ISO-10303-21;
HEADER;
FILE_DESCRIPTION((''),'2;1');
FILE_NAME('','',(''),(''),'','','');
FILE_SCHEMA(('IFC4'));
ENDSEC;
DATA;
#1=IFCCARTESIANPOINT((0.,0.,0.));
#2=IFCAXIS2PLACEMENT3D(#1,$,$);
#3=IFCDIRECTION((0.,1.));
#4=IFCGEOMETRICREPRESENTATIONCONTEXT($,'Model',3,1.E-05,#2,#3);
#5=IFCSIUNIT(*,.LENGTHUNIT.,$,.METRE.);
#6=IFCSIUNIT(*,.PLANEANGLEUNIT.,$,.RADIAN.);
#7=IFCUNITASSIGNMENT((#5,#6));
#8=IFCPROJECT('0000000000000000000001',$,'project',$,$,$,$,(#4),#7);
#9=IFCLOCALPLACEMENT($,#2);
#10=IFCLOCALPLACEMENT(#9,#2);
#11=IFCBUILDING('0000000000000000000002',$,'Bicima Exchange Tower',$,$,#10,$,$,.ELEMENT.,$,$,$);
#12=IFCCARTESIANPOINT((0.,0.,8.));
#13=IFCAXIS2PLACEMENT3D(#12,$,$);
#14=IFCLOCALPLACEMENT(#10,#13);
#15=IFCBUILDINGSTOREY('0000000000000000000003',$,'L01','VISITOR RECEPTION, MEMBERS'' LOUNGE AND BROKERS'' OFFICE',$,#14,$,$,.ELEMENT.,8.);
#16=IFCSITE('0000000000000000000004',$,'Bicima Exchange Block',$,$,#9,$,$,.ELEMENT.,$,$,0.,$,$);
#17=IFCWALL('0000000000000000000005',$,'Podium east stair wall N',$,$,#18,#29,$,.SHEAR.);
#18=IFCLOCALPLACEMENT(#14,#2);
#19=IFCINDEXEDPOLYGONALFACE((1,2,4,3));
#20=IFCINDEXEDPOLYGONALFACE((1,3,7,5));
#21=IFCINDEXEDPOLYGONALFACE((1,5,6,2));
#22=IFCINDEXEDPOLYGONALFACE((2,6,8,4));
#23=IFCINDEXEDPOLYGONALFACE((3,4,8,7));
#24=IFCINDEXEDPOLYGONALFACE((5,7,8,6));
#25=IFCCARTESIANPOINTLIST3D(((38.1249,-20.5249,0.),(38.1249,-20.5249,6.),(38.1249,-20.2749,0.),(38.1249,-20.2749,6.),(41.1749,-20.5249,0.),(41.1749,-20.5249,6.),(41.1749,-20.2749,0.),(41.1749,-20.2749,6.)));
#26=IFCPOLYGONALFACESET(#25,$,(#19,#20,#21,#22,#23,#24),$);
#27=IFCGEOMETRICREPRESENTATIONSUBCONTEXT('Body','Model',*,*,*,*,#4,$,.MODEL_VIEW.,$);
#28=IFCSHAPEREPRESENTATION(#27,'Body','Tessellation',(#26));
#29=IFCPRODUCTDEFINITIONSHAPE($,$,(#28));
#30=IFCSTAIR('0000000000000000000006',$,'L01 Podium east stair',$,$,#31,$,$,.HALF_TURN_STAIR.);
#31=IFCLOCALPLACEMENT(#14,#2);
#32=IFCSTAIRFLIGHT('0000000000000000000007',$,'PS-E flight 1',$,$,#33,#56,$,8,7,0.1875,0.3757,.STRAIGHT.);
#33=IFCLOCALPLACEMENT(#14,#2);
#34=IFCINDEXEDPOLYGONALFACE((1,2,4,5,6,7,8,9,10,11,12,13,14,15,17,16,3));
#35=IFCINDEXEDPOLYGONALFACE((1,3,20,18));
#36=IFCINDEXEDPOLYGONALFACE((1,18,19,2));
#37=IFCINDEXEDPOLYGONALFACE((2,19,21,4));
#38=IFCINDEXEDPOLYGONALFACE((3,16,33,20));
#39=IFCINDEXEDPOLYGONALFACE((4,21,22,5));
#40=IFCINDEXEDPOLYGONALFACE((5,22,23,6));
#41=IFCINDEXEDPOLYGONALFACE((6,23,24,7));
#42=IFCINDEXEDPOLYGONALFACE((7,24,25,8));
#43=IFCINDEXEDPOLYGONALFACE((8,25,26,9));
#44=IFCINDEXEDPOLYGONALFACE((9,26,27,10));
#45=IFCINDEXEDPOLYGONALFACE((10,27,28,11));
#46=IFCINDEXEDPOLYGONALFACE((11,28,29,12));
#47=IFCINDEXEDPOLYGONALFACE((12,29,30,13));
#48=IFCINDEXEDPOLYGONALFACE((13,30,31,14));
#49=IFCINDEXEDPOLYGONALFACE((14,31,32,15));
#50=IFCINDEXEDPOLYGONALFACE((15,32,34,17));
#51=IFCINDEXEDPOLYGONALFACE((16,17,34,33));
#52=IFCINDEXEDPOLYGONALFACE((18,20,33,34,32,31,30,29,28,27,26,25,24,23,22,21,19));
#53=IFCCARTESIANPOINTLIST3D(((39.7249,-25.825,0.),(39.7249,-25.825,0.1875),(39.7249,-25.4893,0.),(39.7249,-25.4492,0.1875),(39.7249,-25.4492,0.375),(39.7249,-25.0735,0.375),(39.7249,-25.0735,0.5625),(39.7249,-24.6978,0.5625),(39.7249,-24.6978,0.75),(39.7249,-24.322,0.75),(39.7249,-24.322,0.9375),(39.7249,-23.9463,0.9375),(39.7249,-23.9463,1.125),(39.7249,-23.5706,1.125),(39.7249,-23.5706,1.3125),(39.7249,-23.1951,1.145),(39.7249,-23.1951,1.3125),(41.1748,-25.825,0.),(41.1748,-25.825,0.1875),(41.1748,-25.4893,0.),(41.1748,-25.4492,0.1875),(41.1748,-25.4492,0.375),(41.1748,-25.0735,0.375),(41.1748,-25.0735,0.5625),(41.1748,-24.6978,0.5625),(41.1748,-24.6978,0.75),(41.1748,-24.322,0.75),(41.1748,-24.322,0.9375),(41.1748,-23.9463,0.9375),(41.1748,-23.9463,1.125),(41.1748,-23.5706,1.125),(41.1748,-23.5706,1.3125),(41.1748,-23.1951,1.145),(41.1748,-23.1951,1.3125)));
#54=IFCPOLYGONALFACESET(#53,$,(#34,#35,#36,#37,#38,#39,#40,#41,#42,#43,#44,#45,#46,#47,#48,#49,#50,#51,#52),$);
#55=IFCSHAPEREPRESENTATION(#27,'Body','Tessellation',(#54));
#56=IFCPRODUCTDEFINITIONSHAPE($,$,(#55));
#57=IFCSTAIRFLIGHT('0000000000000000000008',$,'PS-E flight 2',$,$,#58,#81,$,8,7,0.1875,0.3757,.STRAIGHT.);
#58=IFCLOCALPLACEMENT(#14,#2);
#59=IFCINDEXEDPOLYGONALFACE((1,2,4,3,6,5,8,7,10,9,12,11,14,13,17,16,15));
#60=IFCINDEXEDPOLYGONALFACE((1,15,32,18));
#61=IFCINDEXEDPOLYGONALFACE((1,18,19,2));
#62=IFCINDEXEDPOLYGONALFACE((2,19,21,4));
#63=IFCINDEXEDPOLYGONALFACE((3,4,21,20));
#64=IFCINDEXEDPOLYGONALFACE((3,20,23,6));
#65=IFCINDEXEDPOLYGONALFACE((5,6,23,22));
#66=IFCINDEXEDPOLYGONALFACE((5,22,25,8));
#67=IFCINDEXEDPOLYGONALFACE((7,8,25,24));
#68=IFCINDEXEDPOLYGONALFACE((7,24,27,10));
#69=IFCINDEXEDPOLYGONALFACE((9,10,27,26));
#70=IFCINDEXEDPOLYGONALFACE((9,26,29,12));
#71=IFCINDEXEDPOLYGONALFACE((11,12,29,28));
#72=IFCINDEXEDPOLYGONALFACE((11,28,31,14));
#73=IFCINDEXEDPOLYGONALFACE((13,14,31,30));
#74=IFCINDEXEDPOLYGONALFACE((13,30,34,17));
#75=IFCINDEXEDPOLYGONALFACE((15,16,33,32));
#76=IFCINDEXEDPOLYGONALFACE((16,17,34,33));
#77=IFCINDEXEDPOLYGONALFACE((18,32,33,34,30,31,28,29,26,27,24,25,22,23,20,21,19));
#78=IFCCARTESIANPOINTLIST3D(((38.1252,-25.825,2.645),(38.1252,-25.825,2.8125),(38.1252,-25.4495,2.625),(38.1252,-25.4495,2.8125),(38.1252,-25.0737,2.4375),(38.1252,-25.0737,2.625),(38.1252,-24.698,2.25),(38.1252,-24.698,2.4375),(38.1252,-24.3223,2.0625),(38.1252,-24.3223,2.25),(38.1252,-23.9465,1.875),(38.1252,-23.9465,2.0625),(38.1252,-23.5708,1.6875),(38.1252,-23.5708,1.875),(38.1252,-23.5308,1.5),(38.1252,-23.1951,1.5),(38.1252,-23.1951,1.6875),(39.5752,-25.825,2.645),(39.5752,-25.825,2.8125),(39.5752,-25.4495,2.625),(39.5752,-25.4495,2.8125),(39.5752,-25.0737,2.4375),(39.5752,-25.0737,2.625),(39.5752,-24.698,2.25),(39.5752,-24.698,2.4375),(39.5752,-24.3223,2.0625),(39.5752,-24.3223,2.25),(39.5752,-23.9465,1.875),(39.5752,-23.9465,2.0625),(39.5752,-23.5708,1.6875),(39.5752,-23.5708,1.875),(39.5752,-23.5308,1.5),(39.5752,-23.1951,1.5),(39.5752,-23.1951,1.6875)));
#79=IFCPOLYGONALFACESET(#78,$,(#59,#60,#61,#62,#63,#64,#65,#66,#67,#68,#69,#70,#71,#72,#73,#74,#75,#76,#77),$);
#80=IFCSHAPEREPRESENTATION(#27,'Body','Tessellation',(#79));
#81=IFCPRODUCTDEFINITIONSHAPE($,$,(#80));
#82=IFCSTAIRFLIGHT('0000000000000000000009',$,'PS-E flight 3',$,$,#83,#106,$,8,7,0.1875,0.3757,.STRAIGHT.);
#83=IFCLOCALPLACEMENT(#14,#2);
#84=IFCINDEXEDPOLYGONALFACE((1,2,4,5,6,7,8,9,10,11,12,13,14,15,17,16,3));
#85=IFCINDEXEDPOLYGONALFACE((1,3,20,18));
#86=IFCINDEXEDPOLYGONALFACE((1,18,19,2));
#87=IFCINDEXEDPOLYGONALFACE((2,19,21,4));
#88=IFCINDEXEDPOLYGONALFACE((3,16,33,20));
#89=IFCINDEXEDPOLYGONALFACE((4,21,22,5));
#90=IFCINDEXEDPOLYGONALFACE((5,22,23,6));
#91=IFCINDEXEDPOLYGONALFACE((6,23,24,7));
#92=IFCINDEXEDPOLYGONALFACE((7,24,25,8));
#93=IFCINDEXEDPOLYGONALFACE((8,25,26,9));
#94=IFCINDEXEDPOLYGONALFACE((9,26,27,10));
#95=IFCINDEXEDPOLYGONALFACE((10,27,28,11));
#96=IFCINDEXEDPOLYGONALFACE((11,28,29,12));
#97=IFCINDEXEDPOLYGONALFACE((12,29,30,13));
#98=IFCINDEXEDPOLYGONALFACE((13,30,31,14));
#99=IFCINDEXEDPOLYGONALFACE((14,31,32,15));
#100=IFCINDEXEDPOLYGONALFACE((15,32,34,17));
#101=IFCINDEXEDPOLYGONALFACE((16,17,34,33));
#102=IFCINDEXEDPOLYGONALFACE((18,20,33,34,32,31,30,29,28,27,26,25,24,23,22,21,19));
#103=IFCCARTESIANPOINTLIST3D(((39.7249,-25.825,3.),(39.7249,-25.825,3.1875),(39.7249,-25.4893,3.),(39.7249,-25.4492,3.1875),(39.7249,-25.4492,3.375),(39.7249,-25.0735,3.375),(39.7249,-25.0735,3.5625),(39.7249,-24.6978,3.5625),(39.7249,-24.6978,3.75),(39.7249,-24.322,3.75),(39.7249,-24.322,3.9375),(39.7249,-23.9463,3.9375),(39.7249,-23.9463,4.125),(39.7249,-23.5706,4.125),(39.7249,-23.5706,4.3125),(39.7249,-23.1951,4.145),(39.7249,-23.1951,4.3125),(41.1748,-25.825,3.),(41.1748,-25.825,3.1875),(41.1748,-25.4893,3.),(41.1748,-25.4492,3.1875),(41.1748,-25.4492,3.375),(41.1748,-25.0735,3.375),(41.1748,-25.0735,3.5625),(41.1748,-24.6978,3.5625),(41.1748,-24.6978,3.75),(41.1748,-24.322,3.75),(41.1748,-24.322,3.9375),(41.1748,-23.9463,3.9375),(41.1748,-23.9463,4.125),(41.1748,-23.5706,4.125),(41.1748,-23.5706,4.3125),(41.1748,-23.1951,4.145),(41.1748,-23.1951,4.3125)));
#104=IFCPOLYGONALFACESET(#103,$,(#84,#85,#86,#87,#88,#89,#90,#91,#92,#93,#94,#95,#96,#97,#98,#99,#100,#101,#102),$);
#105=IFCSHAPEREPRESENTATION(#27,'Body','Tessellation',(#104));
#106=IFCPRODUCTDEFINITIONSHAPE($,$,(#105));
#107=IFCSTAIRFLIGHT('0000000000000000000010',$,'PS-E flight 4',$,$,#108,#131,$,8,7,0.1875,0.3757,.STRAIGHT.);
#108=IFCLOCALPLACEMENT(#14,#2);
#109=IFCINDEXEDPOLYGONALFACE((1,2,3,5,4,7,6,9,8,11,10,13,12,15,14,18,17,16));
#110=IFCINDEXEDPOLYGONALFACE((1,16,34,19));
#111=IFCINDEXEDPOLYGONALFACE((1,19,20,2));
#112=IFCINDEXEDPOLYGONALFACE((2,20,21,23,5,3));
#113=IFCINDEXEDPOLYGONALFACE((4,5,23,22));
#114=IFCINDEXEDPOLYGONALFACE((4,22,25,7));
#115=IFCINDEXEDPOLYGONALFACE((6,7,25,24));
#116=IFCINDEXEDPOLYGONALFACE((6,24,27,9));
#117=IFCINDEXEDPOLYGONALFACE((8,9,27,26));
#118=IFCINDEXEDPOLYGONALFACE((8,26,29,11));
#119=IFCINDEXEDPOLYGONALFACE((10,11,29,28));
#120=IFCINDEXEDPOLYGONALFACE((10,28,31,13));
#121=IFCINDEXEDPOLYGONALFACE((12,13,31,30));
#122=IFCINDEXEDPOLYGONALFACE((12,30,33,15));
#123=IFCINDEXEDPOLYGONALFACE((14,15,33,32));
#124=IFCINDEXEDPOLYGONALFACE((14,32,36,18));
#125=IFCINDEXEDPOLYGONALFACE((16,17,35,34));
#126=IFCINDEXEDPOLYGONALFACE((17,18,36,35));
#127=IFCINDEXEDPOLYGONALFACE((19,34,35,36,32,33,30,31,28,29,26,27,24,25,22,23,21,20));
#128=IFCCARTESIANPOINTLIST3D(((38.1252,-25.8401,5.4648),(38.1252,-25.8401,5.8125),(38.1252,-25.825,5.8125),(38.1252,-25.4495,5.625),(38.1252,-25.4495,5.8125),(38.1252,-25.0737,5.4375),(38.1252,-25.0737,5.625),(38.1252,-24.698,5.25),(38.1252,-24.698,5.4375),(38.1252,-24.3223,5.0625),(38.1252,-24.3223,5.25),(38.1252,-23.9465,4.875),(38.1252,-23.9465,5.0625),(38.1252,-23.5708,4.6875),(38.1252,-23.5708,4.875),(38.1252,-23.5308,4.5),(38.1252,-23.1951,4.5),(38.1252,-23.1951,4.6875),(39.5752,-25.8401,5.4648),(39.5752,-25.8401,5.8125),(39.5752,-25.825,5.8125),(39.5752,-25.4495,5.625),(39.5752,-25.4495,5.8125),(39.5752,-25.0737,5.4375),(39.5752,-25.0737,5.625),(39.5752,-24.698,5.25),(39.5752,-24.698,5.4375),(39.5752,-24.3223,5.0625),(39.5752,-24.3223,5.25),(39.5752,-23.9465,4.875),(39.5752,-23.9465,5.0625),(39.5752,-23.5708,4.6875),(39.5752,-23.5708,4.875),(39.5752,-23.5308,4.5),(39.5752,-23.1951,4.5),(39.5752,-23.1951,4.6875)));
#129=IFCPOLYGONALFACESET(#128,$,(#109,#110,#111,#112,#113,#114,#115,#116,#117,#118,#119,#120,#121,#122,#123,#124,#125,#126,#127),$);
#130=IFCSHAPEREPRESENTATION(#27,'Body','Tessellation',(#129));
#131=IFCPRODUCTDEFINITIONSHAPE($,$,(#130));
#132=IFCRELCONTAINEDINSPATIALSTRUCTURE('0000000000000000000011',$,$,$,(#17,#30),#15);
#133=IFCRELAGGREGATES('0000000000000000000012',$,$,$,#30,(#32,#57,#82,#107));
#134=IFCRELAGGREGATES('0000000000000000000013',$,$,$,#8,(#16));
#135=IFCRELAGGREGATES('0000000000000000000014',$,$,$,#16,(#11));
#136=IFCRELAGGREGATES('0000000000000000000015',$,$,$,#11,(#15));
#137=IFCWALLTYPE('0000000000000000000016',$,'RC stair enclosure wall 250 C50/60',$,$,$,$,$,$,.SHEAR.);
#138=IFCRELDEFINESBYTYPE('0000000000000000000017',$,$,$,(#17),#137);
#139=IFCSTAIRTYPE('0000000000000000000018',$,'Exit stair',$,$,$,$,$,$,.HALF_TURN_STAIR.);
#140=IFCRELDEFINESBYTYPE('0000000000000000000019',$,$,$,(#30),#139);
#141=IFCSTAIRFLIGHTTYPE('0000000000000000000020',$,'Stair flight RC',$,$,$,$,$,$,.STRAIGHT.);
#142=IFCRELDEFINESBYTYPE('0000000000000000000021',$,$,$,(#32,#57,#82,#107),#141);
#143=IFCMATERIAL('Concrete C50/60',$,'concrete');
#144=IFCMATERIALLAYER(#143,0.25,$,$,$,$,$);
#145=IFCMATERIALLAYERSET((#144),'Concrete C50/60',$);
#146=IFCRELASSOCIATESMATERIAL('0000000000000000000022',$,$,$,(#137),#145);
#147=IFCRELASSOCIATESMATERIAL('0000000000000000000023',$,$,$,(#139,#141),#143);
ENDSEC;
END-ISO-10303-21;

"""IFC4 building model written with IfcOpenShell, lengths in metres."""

from ifc_helpers import new_model, si_unit, direction, frame, frame_2d, origin, place, context, subcontext, project, spatial, polyline, rectangle, outline, extrude, material, layer, layer_set, type_object, element, aggregate, save


model = new_model("IFC4")

# Units and contexts
model_context = context("Model", 3, precision=1e-05, world=origin(), true_north=direction((0.0, 1.0)))
body_context = subcontext(model_context, "Body", "Model", "MODEL_VIEW")
ifc_project = project(units=[si_unit("LENGTHUNIT", "METRE"), si_unit("PLANEANGLEUNIT", "RADIAN")], contexts=[model_context])

# Site, building, storey
site_placement = place(None, origin())
site = spatial("IfcSite", under=ifc_project, at=site_placement, Name="Bicima Exchange Block", CompositionType="ELEMENT", RefElevation=0.0)
building_placement = place(site_placement, origin())
building = spatial("IfcBuilding", under=site, at=building_placement, Name="Bicima Exchange Tower", CompositionType="ELEMENT")
storey_placement = place(building_placement, frame((0.0, 0.0, 8.0)))
storey = spatial("IfcBuildingStorey", under=building, at=storey_placement, Name="L01", Description="VISITOR RECEPTION, MEMBERS' LOUNGE AND BROKERS' OFFICE", CompositionType="ELEMENT", Elevation=8.0)

# Shared definitions
ifc_material_1 = material(Name="Concrete C50/60", Category="concrete")
ifc_layer_1 = layer(ifc_material_1, 0.25)
ifc_layer_set_1 = layer_set([ifc_layer_1], Name="Concrete C50/60")
wall_type_1 = type_object("IfcWallType", Name="RC stair enclosure wall 250 C50/60", PredefinedType="SHEAR", material=ifc_layer_set_1)

# Wall
wall_1_placement = place(storey_placement, frame((38.125, -20.3999, 0.0), z_axis=(0.0, 0.0, 1.0), x_axis=(1.0, 0.0, 0.0)))
element("IfcWall", 1, at=wall_1_placement, inside=storey, type_object=wall_type_1, Name="Podium east stair wall N", PredefinedType="SHEAR", context=body_context, shape_type="SweptSolid", body=[
    extrude(rectangle(XDim=3.05, YDim=0.25, at=frame_2d((1.5249, 0.0))), origin(), (0.0, 0.0, 1.0), 6.0),
])

# Stair, stair flights
stair_type = type_object("IfcStairType", Name="Exit stair", PredefinedType="HALF_TURN_STAIR", material=ifc_material_1)
stair_placement = place(storey_placement, origin())
stair = element("IfcStair", 2, at=stair_placement, inside=storey, type_object=stair_type, Name="L01 Podium east stair", PredefinedType="HALF_TURN_STAIR")
stair_flight_type = type_object("IfcStairFlightType", Name="Stair flight RC", PredefinedType="STRAIGHT", material=ifc_material_1)
stair_flight_1_placement = place(storey_placement, frame((40.45, -25.825, 0.0), z_axis=(0.0, 0.0, 1.0), x_axis=(0.0, 1.0, 0.0)))
stair_flight_1 = element("IfcStairFlight", 3, at=stair_flight_1_placement, type_object=stair_flight_type, Name="PS-E flight 1", NumberOfRisers=8, NumberOfTreads=7, PredefinedType="STRAIGHT", RiserHeight=0.1875, TreadLength=0.3757, context=body_context, shape_type="SweptSolid", body=[
    extrude(outline(polyline([(0.0, 0.0), (0.0, 0.1875), (0.3757, 0.1875), (0.3757, 0.375), (0.7515, 0.375), (0.7515, 0.5625), (1.1272, 0.5625), (1.1272, 0.75), (1.5029, 0.75), (1.5029, 0.9375), (1.8787, 0.9375), (1.8787, 1.125), (2.2544, 1.125), (2.2544, 1.3125), (2.6299, 1.3125), (2.6299, 1.5), (2.6299, 1.145), (0.3357, 0.0), (0.0, 0.0)])), frame((0.0, 0.7251, 0.0), z_axis=(0.0, -1.0, 0.0), x_axis=(1.0, 0.0, 0.0)), (0.0, 0.0, 1.0), 1.45),
])
stair_flight_2_placement = place(storey_placement, frame((38.8501, -23.1951, 1.5), z_axis=(0.0, 0.0, 1.0), x_axis=(0.0, -1.0, 0.0)))
stair_flight_2 = element("IfcStairFlight", 4, at=stair_flight_2_placement, type_object=stair_flight_type, Name="PS-E flight 2", NumberOfRisers=8, NumberOfTreads=7, PredefinedType="STRAIGHT", RiserHeight=0.1875, TreadLength=0.3757, context=body_context, shape_type="SweptSolid", body=[
    extrude(outline(polyline([(0.0, 0.0), (0.0, 0.1875), (0.3757, 0.1875), (0.3757, 0.375), (0.7515, 0.375), (0.7515, 0.5625), (1.1272, 0.5625), (1.1272, 0.75), (1.5029, 0.75), (1.5029, 0.9375), (1.8787, 0.9375), (1.8787, 1.125), (2.2544, 1.125), (2.2544, 1.3125), (2.6299, 1.3125), (2.6299, 1.5), (2.6299, 1.145), (0.3357, 0.0), (0.0, 0.0)])), frame((0.0, 0.7251, 0.0), z_axis=(0.0, -1.0, 0.0), x_axis=(1.0, 0.0, 0.0)), (0.0, 0.0, 1.0), 1.45),
])
stair_flight_3_placement = place(storey_placement, frame((40.45, -25.825, 3.0), z_axis=(0.0, 0.0, 1.0), x_axis=(0.0, 1.0, 0.0)))
stair_flight_3 = element("IfcStairFlight", 5, at=stair_flight_3_placement, type_object=stair_flight_type, Name="PS-E flight 3", NumberOfRisers=8, NumberOfTreads=7, PredefinedType="STRAIGHT", RiserHeight=0.1875, TreadLength=0.3757, context=body_context, shape_type="SweptSolid", body=[
    extrude(outline(polyline([(0.0, 0.0), (0.0, 0.1875), (0.3757, 0.1875), (0.3757, 0.375), (0.7515, 0.375), (0.7515, 0.5625), (1.1272, 0.5625), (1.1272, 0.75), (1.5029, 0.75), (1.5029, 0.9375), (1.8787, 0.9375), (1.8787, 1.125), (2.2544, 1.125), (2.2544, 1.3125), (2.6299, 1.3125), (2.6299, 1.5), (2.6299, 1.145), (0.3357, 0.0), (0.0, 0.0)])), frame((0.0, 0.7251, 0.0), z_axis=(0.0, -1.0, 0.0), x_axis=(1.0, 0.0, 0.0)), (0.0, 0.0, 1.0), 1.45),
])
stair_flight_4_placement = place(storey_placement, frame((38.8501, -23.1951, 4.5), z_axis=(0.0, 0.0, 1.0), x_axis=(0.0, -1.0, 0.0)))
stair_flight_4 = element("IfcStairFlight", 6, at=stair_flight_4_placement, type_object=stair_flight_type, Name="PS-E flight 4", NumberOfRisers=8, NumberOfTreads=7, PredefinedType="STRAIGHT", RiserHeight=0.1875, TreadLength=0.3757, context=body_context, shape_type="SweptSolid", body=[
    extrude(outline(polyline([(0.0, 0.0), (0.0, 0.1875), (0.3757, 0.1875), (0.3757, 0.375), (0.7515, 0.375), (0.7515, 0.5625), (1.1272, 0.5625), (1.1272, 0.75), (1.5029, 0.75), (1.5029, 0.9375), (1.8787, 0.9375), (1.8787, 1.125), (2.2544, 1.125), (2.2544, 1.3125), (2.6299, 1.3125), (2.645, 1.3125), (2.645, 0.9648), (0.3357, 0.0), (0.0, 0.0)])), frame((0.0, 0.7251, 0.0), z_axis=(0.0, -1.0, 0.0), x_axis=(1.0, 0.0, 0.0)), (0.0, 0.0, 1.0), 1.45),
])
aggregate(stair, [stair_flight_1, stair_flight_2, stair_flight_3, stair_flight_4])

save(model, "model.ifc")
